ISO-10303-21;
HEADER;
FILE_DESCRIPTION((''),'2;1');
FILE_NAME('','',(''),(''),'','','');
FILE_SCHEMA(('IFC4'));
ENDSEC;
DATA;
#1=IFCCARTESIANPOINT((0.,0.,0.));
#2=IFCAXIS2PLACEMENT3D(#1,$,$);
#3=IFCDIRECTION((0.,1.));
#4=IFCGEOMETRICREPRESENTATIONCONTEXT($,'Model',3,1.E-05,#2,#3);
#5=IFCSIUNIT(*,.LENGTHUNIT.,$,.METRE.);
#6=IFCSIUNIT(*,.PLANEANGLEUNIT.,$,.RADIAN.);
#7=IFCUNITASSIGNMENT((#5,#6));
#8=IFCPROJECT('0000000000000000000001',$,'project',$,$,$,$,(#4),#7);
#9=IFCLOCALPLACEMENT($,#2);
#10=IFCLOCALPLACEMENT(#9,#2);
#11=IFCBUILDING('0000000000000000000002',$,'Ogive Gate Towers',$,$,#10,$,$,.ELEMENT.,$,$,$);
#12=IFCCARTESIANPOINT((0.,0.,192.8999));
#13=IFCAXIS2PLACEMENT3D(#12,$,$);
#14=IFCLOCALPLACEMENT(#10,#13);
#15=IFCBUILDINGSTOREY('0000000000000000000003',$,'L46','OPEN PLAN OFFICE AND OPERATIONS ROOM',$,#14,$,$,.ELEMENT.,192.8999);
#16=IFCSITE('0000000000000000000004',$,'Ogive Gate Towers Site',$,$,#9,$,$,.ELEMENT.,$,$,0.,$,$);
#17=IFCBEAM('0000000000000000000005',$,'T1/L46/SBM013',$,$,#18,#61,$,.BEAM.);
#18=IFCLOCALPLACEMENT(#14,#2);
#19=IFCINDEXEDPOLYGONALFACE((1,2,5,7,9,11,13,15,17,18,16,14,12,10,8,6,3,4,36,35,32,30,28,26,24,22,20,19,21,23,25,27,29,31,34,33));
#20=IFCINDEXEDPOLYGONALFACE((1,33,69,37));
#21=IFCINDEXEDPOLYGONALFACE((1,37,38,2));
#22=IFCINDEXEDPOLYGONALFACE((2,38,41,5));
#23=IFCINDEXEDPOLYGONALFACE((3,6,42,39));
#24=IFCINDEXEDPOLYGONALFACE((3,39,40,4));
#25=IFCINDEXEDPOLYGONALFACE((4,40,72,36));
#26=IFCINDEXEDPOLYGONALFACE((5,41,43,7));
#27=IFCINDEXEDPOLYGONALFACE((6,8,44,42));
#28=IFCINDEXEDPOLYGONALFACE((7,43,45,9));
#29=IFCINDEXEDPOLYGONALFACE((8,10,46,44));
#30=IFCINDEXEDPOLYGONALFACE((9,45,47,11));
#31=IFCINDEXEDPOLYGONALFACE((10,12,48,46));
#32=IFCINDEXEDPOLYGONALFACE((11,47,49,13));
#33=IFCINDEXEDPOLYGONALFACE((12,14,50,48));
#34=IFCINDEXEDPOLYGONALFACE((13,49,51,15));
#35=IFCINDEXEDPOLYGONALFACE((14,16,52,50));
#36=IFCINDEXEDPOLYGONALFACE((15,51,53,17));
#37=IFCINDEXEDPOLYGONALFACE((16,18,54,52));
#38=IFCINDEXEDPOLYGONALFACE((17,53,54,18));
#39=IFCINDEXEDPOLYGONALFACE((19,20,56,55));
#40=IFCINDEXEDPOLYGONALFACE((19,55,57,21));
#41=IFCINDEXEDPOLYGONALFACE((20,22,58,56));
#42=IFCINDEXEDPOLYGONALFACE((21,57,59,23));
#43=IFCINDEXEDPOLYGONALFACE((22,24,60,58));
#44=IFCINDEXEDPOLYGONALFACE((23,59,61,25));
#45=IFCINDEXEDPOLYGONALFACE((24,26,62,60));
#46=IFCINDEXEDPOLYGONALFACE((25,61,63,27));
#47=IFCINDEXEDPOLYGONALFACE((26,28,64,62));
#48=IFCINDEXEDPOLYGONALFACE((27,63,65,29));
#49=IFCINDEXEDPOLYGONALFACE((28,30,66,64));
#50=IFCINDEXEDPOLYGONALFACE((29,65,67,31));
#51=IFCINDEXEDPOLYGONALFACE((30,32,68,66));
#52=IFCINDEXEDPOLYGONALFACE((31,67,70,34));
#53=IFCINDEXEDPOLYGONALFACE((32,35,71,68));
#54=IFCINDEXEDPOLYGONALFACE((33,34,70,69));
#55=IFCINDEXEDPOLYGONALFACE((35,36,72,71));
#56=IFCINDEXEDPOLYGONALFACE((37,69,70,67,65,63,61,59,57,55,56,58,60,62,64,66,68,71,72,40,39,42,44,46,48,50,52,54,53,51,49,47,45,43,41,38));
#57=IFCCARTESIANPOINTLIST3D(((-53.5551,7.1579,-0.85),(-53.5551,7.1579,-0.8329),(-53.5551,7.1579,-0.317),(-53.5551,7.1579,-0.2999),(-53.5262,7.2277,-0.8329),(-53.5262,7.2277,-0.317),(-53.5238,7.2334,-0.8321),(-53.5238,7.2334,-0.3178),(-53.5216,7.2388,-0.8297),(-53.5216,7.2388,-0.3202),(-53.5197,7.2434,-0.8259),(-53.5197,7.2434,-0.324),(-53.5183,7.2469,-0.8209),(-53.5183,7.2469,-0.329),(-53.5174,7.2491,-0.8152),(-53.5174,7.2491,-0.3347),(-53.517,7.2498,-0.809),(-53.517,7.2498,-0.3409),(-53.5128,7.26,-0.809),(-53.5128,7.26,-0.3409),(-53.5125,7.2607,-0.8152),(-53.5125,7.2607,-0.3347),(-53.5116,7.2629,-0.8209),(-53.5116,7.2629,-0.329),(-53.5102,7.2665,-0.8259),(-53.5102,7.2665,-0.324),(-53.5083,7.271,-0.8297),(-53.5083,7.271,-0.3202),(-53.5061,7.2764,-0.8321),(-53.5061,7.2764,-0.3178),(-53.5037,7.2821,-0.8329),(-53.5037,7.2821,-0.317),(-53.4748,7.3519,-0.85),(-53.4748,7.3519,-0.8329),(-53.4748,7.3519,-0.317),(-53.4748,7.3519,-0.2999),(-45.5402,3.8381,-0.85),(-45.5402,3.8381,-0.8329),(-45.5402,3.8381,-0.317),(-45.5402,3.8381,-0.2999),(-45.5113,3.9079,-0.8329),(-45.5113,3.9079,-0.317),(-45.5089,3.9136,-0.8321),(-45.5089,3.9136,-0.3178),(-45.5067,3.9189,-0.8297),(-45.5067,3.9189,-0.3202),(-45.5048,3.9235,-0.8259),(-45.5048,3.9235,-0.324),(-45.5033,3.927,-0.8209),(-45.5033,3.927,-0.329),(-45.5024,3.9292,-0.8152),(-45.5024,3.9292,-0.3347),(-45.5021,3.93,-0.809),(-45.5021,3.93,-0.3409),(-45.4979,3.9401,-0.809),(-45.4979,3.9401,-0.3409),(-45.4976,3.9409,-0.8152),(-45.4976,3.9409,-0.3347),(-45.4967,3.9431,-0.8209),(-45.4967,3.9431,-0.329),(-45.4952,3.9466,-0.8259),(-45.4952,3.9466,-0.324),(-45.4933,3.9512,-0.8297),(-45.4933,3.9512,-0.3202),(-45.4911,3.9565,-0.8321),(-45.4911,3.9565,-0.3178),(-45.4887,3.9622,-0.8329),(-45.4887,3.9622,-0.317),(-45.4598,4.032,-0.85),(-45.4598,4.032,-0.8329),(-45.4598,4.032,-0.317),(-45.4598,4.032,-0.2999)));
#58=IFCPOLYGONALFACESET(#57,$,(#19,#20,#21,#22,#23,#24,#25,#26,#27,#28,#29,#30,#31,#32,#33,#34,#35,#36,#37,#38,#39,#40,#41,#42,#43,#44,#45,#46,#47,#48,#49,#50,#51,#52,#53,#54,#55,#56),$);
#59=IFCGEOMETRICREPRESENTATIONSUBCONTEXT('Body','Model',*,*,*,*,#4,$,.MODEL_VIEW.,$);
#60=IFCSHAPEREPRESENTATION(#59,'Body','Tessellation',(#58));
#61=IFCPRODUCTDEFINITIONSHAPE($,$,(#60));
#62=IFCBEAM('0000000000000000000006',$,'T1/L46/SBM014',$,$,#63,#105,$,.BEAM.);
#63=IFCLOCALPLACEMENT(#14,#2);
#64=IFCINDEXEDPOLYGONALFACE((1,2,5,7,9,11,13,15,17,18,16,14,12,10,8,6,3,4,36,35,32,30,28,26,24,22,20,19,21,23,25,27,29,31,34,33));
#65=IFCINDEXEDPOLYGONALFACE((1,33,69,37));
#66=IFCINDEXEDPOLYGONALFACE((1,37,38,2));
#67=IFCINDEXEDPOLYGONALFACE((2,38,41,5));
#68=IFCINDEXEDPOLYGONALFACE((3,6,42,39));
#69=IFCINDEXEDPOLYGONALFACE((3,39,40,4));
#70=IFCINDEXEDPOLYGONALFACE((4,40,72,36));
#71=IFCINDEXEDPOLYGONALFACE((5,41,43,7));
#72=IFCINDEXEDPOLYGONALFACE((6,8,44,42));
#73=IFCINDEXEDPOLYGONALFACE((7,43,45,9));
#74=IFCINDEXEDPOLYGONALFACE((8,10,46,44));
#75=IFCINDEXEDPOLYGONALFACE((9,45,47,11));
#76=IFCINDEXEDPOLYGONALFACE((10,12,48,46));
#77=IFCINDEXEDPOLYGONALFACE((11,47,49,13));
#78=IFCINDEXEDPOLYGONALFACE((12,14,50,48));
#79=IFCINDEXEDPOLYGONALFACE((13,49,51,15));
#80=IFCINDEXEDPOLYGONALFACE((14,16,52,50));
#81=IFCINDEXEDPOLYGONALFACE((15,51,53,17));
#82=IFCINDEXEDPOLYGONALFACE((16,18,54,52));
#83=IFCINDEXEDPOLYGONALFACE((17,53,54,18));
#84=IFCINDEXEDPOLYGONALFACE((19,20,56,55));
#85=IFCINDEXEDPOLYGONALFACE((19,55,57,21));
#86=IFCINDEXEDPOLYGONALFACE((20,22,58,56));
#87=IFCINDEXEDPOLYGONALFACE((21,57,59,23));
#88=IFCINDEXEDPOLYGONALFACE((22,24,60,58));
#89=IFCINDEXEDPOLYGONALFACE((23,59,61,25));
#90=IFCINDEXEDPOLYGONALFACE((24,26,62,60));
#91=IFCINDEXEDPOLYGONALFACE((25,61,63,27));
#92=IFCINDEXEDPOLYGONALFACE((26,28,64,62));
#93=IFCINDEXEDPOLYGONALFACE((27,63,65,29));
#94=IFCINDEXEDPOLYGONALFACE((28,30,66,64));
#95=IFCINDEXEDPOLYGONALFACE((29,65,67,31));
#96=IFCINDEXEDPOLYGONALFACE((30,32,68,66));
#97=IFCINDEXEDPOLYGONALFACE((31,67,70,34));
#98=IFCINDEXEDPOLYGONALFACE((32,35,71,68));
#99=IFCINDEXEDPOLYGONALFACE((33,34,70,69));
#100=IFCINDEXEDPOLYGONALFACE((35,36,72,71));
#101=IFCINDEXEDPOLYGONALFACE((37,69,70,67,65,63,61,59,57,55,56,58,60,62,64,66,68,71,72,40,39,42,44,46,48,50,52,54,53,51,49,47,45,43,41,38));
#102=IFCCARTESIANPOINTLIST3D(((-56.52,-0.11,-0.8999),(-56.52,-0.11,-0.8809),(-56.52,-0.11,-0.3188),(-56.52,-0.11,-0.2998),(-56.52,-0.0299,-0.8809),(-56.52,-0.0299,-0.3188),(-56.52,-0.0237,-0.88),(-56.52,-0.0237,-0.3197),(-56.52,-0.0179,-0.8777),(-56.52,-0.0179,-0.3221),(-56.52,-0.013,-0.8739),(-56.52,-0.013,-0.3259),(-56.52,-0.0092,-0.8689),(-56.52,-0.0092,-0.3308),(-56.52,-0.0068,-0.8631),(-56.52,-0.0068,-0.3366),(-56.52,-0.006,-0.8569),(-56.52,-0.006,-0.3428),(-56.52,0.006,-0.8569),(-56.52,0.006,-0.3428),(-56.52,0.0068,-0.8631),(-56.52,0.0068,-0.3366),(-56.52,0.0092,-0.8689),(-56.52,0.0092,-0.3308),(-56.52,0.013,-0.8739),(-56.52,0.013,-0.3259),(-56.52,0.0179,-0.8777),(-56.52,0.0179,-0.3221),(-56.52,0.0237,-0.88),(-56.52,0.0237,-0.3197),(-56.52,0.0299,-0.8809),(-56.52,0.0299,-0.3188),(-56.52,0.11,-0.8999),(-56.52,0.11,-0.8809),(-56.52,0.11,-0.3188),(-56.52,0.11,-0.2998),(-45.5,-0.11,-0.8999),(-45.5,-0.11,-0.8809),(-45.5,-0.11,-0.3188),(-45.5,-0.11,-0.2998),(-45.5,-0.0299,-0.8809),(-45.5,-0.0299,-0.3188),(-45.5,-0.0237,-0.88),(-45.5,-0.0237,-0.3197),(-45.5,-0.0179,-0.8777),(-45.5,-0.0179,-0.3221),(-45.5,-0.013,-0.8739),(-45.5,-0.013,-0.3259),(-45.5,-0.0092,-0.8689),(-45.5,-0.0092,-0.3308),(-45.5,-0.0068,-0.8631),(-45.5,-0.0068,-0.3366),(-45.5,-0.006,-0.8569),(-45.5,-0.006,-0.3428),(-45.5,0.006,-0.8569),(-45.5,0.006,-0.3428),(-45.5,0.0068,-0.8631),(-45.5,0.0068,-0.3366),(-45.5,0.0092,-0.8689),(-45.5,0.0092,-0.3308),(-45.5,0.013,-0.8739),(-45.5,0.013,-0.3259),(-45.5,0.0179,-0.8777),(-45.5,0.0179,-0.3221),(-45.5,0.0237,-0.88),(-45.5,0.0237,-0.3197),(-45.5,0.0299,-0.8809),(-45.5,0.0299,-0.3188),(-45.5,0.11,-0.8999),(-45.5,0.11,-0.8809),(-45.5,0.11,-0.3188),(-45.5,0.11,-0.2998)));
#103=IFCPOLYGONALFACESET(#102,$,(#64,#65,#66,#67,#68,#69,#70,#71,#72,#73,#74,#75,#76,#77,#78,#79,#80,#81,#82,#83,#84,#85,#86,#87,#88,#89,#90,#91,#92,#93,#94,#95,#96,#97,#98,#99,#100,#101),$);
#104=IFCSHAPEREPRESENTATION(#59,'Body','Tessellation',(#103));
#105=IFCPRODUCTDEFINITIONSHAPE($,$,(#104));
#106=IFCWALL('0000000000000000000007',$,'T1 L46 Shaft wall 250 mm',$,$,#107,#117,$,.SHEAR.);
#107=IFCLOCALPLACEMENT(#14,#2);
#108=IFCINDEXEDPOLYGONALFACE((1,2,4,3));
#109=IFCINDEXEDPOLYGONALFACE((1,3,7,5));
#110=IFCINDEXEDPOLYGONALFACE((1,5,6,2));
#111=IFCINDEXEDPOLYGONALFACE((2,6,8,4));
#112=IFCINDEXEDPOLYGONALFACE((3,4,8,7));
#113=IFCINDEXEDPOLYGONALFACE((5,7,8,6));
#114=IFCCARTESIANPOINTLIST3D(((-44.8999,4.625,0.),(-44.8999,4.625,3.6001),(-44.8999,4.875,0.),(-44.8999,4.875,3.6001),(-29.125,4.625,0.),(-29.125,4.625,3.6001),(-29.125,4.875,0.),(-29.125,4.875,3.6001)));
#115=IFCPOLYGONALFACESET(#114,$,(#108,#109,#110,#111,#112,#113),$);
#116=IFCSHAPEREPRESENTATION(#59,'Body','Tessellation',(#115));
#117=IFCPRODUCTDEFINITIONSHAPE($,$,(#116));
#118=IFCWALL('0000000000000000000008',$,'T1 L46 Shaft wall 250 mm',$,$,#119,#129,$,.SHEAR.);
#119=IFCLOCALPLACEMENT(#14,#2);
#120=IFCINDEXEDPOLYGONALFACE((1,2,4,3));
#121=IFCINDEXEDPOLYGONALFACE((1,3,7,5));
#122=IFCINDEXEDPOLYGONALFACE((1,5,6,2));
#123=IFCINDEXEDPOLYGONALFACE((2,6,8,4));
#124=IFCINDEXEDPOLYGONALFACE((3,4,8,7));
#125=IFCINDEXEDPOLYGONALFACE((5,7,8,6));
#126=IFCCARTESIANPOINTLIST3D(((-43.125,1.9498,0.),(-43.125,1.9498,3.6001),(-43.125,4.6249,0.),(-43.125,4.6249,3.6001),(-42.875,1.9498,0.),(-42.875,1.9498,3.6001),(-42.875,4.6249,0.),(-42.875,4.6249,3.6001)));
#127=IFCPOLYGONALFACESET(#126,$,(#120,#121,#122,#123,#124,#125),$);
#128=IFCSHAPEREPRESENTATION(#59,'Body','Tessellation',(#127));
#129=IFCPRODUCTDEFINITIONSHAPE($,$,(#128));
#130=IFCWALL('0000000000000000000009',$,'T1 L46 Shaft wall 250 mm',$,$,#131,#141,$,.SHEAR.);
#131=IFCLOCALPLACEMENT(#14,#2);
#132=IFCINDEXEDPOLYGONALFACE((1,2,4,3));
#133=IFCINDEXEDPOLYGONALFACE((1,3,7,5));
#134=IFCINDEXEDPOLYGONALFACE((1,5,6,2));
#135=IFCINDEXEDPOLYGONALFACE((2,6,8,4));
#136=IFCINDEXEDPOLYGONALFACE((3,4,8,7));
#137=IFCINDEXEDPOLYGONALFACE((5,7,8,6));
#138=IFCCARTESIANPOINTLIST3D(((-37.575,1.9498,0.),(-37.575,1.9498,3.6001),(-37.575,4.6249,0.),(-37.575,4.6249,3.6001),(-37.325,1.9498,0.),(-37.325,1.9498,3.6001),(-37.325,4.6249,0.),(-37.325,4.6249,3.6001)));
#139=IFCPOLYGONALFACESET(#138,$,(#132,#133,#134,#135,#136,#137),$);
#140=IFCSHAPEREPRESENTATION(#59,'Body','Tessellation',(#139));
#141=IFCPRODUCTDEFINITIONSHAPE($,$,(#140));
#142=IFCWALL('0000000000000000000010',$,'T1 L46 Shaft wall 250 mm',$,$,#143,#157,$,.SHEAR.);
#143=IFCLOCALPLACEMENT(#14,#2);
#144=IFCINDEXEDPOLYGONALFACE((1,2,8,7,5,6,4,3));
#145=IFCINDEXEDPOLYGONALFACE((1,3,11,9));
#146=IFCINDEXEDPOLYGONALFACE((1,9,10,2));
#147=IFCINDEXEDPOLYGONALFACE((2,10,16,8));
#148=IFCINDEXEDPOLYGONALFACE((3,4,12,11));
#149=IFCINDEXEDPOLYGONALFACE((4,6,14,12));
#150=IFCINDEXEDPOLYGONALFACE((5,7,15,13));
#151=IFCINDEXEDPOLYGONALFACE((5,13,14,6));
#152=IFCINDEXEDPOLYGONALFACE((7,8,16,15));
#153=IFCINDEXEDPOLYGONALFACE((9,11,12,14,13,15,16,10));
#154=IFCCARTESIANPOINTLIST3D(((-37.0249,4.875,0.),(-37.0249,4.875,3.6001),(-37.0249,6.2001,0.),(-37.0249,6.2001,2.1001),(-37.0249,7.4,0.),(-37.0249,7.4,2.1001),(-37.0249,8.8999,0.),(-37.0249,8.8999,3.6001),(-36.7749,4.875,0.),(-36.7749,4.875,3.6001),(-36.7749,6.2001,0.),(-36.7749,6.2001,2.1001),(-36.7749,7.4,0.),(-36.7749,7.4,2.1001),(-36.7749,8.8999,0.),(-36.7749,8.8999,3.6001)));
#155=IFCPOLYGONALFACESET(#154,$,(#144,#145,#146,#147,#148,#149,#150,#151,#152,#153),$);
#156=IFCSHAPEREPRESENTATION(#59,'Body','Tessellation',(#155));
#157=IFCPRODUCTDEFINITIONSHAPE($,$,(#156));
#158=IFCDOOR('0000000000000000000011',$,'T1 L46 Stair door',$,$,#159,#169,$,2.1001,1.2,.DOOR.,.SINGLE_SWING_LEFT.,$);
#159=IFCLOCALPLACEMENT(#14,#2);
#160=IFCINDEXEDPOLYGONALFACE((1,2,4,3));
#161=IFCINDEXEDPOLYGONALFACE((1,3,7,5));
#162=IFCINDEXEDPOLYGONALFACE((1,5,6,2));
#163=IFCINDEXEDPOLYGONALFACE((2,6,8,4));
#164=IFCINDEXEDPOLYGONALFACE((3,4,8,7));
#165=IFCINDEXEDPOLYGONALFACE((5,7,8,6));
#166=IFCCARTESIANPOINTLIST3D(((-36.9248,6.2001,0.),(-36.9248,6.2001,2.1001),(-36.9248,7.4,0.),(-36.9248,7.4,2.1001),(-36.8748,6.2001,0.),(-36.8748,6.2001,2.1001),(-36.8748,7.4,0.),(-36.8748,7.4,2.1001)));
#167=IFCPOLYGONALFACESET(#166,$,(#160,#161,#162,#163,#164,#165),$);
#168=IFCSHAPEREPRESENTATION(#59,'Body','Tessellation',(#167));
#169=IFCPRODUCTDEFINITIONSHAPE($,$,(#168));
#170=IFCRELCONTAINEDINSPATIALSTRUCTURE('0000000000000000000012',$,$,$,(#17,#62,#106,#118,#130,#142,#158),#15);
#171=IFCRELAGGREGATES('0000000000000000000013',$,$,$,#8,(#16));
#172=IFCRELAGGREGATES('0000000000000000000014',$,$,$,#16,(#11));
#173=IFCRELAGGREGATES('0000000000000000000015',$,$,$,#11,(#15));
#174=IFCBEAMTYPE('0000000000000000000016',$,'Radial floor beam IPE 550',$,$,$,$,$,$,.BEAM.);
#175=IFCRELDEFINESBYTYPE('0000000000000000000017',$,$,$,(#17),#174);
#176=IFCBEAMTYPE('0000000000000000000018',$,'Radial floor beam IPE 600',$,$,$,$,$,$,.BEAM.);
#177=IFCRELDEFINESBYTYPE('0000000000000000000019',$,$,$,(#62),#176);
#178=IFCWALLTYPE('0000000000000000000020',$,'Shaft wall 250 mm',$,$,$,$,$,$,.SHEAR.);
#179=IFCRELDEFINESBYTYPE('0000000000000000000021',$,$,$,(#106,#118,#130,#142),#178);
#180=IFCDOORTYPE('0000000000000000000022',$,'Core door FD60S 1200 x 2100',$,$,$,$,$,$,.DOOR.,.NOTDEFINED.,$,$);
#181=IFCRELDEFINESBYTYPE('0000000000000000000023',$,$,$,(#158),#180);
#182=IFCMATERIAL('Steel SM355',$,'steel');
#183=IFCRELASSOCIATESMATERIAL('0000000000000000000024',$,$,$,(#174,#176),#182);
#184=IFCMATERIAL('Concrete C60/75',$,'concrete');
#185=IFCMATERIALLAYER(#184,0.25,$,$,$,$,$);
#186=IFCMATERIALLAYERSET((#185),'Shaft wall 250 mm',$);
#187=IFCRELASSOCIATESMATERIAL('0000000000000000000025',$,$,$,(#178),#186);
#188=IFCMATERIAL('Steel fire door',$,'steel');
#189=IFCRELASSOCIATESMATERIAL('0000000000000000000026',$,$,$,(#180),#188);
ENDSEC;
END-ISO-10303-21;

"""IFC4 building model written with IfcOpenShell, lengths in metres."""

from ifc_helpers import new_model, si_unit, direction, frame, frame_2d, origin, origin_2d, place, context, subcontext, project, spatial, rectangle, i_section, extrude, material, layer, layer_set, material_profile, profile_set, type_object, element, fill, save


model = new_model("IFC4")

# Units and contexts
model_context = context("Model", 3, precision=1e-05, world=origin(), true_north=direction((0.0, 1.0)))
body_context = subcontext(model_context, "Body", "Model", "MODEL_VIEW")
ifc_project = project(units=[si_unit("LENGTHUNIT", "METRE"), si_unit("PLANEANGLEUNIT", "RADIAN")], contexts=[model_context])

# Site, building, storey
site_placement = place(None, origin())
site = spatial("IfcSite", under=ifc_project, at=site_placement, Name="Ogive Gate Towers Site", CompositionType="ELEMENT", RefElevation=0.0)
building_placement = place(site_placement, origin())
building = spatial("IfcBuilding", under=site, at=building_placement, Name="Ogive Gate Towers", CompositionType="ELEMENT")
storey_placement = place(building_placement, frame((0.0, 0.0, 192.8999)))
storey = spatial("IfcBuildingStorey", under=building, at=storey_placement, Name="L46", Description="OPEN PLAN OFFICE AND OPERATIONS ROOM", CompositionType="ELEMENT", Elevation=192.8999)

# Beams
ifc_material_1 = material(Name="Steel SM355", Category="steel")
ifc_material_profile_1 = material_profile(ifc_material_1, i_section(OverallWidth=0.21, OverallDepth=0.55, WebThickness=0.011, FlangeThickness=0.0171, FilletRadius=0.0239, at=origin_2d()), Name="IPE 550")
ifc_profile_set_1 = profile_set([ifc_material_profile_1], Name="Steel SM355")
beam_type_1 = type_object("IfcBeamType", Name="Radial floor beam IPE 550", PredefinedType="BEAM", material=ifc_profile_set_1)
beam_1_placement = place(storey_placement, frame((-45.5, 3.9351, -0.575), z_axis=(-0.923882, 0.382678, 0.0), x_axis=(-0.382678, -0.923882, 0.0)))
element("IfcBeam", 1, at=beam_1_placement, inside=storey, type_object=beam_type_1, Name="T1/L46/SBM013", PredefinedType="BEAM", context=body_context, shape_type="SweptSolid", body=[
    extrude(i_section(OverallWidth=0.21, OverallDepth=0.55, WebThickness=0.011, FlangeThickness=0.0171, FilletRadius=0.0239, at=origin_2d()), origin(), (0.0, 0.0, 1.0), 8.6753),
])
ifc_material_profile_2 = material_profile(ifc_material_1, i_section(OverallWidth=0.22, OverallDepth=0.6001, WebThickness=0.012, FlangeThickness=0.019, FilletRadius=0.0239, at=origin_2d()), Name="IPE 600")
ifc_profile_set_2 = profile_set([ifc_material_profile_2], Name="Steel SM355")
beam_type_2 = type_object("IfcBeamType", Name="Radial floor beam IPE 600", PredefinedType="BEAM", material=ifc_profile_set_2)
beam_2_placement = place(storey_placement, frame((-45.5, 0.0, -0.5999), z_axis=(-1.0, 0.0, 0.0), x_axis=(0.0, -1.0, 0.0)))
element("IfcBeam", 2, at=beam_2_placement, inside=storey, type_object=beam_type_2, Name="T1/L46/SBM014", PredefinedType="BEAM", context=body_context, shape_type="SweptSolid", body=[
    extrude(i_section(OverallWidth=0.22, OverallDepth=0.6001, WebThickness=0.012, FlangeThickness=0.019, FilletRadius=0.0239, at=origin_2d()), origin(), (0.0, 0.0, 1.0), 11.02),
])

# Walls
ifc_material_2 = material(Name="Concrete C60/75", Category="concrete")
ifc_layer_1 = layer(ifc_material_2, 0.25)
ifc_layer_set_1 = layer_set([ifc_layer_1], Name="Shaft wall 250 mm")
wall_type_1 = type_object("IfcWallType", Name="Shaft wall 250 mm", PredefinedType="SHEAR", material=ifc_layer_set_1)
wall_1_placement = place(storey_placement, frame((-44.8999, 4.75, 0.0), z_axis=(0.0, 0.0, 1.0), x_axis=(1.0, 0.0, 0.0)))
element("IfcWall", 3, at=wall_1_placement, inside=storey, type_object=wall_type_1, Name="T1 L46 Shaft wall 250 mm", PredefinedType="SHEAR", context=body_context, shape_type="SweptSolid", body=[
    extrude(rectangle(XDim=15.7749, YDim=0.25, at=frame_2d((7.8875, 0.0))), origin(), (0.0, 0.0, 1.0), 3.6001),
])
for number, where, z_axis, x_axis, name in (
    (4, (-43.0, 1.95, 0.0), (0.0, 0.0, 1.0), (0.0, 1.0, 0.0), "T1 L46 Shaft wall 250 mm"),
    (5, (-37.45, 1.95, 0.0), (0.0, 0.0, 1.0), (0.0, 1.0, 0.0), "T1 L46 Shaft wall 250 mm"),
):
    element("IfcWall", number, at=place(storey_placement, frame(where, z_axis=z_axis, x_axis=x_axis)), inside=storey, type_object=wall_type_1, Name=name, PredefinedType="SHEAR", context=body_context, shape_type="SweptSolid", body=[
        extrude(rectangle(XDim=2.675, YDim=0.25, at=frame_2d((1.3374, 0.0))), origin(), (0.0, 0.0, 1.0), 3.6001),
    ])

# Wall, opening, door
wall_2_placement = place(storey_placement, frame((-36.8999, 4.875, 0.0), z_axis=(0.0, 0.0, 1.0), x_axis=(0.0, 1.0, 0.0)))
wall_2 = element("IfcWall", 6, at=wall_2_placement, inside=storey, type_object=wall_type_1, Name="T1 L46 Shaft wall 250 mm", PredefinedType="SHEAR", context=body_context, shape_type="SweptSolid", body=[
    extrude(rectangle(XDim=4.0249, YDim=0.25, at=frame_2d((2.0125, 0.0))), origin(), (0.0, 0.0, 1.0), 3.6001),
])
opening_1_placement = place(wall_2_placement, frame((1.325, 0.0, 0.0)))
opening_1 = element("IfcOpeningElement", 7, at=opening_1_placement, cuts=wall_2, PredefinedType="OPENING", context=body_context, shape_type="SweptSolid", body=[
    extrude(rectangle(XDim=1.2, YDim=2.1001, at=frame_2d((0.6001, 1.05))), frame((0.0, 0.135, 0.0), z_axis=(0.0, -1.0, 0.0), x_axis=(1.0, 0.0, 0.0)), (0.0, 0.0, 1.0), 0.27),
])
ifc_material_3 = material(Name="Steel fire door", Category="steel")
door_type_1 = type_object("IfcDoorType", Name="Core door FD60S 1200 x 2100", OperationType="NOTDEFINED", PredefinedType="DOOR", material=ifc_material_3)
door_1_placement = place(opening_1_placement, origin())
door_1 = element("IfcDoor", 8, at=door_1_placement, inside=storey, type_object=door_type_1, Name="T1 L46 Stair door", OperationType="SINGLE_SWING_LEFT", OverallHeight=2.1001, OverallWidth=1.2, PredefinedType="DOOR", context=body_context, shape_type="SweptSolid", body=[
    extrude(rectangle(XDim=1.2, YDim=2.1001, at=frame_2d((0.6001, 1.05))), frame((0.0, 0.0249, 0.0), z_axis=(0.0, -1.0, 0.0), x_axis=(1.0, 0.0, 0.0)), (0.0, 0.0, 1.0), 0.05),
])
fill(opening_1, door_1)

save(model, "model.ifc")
